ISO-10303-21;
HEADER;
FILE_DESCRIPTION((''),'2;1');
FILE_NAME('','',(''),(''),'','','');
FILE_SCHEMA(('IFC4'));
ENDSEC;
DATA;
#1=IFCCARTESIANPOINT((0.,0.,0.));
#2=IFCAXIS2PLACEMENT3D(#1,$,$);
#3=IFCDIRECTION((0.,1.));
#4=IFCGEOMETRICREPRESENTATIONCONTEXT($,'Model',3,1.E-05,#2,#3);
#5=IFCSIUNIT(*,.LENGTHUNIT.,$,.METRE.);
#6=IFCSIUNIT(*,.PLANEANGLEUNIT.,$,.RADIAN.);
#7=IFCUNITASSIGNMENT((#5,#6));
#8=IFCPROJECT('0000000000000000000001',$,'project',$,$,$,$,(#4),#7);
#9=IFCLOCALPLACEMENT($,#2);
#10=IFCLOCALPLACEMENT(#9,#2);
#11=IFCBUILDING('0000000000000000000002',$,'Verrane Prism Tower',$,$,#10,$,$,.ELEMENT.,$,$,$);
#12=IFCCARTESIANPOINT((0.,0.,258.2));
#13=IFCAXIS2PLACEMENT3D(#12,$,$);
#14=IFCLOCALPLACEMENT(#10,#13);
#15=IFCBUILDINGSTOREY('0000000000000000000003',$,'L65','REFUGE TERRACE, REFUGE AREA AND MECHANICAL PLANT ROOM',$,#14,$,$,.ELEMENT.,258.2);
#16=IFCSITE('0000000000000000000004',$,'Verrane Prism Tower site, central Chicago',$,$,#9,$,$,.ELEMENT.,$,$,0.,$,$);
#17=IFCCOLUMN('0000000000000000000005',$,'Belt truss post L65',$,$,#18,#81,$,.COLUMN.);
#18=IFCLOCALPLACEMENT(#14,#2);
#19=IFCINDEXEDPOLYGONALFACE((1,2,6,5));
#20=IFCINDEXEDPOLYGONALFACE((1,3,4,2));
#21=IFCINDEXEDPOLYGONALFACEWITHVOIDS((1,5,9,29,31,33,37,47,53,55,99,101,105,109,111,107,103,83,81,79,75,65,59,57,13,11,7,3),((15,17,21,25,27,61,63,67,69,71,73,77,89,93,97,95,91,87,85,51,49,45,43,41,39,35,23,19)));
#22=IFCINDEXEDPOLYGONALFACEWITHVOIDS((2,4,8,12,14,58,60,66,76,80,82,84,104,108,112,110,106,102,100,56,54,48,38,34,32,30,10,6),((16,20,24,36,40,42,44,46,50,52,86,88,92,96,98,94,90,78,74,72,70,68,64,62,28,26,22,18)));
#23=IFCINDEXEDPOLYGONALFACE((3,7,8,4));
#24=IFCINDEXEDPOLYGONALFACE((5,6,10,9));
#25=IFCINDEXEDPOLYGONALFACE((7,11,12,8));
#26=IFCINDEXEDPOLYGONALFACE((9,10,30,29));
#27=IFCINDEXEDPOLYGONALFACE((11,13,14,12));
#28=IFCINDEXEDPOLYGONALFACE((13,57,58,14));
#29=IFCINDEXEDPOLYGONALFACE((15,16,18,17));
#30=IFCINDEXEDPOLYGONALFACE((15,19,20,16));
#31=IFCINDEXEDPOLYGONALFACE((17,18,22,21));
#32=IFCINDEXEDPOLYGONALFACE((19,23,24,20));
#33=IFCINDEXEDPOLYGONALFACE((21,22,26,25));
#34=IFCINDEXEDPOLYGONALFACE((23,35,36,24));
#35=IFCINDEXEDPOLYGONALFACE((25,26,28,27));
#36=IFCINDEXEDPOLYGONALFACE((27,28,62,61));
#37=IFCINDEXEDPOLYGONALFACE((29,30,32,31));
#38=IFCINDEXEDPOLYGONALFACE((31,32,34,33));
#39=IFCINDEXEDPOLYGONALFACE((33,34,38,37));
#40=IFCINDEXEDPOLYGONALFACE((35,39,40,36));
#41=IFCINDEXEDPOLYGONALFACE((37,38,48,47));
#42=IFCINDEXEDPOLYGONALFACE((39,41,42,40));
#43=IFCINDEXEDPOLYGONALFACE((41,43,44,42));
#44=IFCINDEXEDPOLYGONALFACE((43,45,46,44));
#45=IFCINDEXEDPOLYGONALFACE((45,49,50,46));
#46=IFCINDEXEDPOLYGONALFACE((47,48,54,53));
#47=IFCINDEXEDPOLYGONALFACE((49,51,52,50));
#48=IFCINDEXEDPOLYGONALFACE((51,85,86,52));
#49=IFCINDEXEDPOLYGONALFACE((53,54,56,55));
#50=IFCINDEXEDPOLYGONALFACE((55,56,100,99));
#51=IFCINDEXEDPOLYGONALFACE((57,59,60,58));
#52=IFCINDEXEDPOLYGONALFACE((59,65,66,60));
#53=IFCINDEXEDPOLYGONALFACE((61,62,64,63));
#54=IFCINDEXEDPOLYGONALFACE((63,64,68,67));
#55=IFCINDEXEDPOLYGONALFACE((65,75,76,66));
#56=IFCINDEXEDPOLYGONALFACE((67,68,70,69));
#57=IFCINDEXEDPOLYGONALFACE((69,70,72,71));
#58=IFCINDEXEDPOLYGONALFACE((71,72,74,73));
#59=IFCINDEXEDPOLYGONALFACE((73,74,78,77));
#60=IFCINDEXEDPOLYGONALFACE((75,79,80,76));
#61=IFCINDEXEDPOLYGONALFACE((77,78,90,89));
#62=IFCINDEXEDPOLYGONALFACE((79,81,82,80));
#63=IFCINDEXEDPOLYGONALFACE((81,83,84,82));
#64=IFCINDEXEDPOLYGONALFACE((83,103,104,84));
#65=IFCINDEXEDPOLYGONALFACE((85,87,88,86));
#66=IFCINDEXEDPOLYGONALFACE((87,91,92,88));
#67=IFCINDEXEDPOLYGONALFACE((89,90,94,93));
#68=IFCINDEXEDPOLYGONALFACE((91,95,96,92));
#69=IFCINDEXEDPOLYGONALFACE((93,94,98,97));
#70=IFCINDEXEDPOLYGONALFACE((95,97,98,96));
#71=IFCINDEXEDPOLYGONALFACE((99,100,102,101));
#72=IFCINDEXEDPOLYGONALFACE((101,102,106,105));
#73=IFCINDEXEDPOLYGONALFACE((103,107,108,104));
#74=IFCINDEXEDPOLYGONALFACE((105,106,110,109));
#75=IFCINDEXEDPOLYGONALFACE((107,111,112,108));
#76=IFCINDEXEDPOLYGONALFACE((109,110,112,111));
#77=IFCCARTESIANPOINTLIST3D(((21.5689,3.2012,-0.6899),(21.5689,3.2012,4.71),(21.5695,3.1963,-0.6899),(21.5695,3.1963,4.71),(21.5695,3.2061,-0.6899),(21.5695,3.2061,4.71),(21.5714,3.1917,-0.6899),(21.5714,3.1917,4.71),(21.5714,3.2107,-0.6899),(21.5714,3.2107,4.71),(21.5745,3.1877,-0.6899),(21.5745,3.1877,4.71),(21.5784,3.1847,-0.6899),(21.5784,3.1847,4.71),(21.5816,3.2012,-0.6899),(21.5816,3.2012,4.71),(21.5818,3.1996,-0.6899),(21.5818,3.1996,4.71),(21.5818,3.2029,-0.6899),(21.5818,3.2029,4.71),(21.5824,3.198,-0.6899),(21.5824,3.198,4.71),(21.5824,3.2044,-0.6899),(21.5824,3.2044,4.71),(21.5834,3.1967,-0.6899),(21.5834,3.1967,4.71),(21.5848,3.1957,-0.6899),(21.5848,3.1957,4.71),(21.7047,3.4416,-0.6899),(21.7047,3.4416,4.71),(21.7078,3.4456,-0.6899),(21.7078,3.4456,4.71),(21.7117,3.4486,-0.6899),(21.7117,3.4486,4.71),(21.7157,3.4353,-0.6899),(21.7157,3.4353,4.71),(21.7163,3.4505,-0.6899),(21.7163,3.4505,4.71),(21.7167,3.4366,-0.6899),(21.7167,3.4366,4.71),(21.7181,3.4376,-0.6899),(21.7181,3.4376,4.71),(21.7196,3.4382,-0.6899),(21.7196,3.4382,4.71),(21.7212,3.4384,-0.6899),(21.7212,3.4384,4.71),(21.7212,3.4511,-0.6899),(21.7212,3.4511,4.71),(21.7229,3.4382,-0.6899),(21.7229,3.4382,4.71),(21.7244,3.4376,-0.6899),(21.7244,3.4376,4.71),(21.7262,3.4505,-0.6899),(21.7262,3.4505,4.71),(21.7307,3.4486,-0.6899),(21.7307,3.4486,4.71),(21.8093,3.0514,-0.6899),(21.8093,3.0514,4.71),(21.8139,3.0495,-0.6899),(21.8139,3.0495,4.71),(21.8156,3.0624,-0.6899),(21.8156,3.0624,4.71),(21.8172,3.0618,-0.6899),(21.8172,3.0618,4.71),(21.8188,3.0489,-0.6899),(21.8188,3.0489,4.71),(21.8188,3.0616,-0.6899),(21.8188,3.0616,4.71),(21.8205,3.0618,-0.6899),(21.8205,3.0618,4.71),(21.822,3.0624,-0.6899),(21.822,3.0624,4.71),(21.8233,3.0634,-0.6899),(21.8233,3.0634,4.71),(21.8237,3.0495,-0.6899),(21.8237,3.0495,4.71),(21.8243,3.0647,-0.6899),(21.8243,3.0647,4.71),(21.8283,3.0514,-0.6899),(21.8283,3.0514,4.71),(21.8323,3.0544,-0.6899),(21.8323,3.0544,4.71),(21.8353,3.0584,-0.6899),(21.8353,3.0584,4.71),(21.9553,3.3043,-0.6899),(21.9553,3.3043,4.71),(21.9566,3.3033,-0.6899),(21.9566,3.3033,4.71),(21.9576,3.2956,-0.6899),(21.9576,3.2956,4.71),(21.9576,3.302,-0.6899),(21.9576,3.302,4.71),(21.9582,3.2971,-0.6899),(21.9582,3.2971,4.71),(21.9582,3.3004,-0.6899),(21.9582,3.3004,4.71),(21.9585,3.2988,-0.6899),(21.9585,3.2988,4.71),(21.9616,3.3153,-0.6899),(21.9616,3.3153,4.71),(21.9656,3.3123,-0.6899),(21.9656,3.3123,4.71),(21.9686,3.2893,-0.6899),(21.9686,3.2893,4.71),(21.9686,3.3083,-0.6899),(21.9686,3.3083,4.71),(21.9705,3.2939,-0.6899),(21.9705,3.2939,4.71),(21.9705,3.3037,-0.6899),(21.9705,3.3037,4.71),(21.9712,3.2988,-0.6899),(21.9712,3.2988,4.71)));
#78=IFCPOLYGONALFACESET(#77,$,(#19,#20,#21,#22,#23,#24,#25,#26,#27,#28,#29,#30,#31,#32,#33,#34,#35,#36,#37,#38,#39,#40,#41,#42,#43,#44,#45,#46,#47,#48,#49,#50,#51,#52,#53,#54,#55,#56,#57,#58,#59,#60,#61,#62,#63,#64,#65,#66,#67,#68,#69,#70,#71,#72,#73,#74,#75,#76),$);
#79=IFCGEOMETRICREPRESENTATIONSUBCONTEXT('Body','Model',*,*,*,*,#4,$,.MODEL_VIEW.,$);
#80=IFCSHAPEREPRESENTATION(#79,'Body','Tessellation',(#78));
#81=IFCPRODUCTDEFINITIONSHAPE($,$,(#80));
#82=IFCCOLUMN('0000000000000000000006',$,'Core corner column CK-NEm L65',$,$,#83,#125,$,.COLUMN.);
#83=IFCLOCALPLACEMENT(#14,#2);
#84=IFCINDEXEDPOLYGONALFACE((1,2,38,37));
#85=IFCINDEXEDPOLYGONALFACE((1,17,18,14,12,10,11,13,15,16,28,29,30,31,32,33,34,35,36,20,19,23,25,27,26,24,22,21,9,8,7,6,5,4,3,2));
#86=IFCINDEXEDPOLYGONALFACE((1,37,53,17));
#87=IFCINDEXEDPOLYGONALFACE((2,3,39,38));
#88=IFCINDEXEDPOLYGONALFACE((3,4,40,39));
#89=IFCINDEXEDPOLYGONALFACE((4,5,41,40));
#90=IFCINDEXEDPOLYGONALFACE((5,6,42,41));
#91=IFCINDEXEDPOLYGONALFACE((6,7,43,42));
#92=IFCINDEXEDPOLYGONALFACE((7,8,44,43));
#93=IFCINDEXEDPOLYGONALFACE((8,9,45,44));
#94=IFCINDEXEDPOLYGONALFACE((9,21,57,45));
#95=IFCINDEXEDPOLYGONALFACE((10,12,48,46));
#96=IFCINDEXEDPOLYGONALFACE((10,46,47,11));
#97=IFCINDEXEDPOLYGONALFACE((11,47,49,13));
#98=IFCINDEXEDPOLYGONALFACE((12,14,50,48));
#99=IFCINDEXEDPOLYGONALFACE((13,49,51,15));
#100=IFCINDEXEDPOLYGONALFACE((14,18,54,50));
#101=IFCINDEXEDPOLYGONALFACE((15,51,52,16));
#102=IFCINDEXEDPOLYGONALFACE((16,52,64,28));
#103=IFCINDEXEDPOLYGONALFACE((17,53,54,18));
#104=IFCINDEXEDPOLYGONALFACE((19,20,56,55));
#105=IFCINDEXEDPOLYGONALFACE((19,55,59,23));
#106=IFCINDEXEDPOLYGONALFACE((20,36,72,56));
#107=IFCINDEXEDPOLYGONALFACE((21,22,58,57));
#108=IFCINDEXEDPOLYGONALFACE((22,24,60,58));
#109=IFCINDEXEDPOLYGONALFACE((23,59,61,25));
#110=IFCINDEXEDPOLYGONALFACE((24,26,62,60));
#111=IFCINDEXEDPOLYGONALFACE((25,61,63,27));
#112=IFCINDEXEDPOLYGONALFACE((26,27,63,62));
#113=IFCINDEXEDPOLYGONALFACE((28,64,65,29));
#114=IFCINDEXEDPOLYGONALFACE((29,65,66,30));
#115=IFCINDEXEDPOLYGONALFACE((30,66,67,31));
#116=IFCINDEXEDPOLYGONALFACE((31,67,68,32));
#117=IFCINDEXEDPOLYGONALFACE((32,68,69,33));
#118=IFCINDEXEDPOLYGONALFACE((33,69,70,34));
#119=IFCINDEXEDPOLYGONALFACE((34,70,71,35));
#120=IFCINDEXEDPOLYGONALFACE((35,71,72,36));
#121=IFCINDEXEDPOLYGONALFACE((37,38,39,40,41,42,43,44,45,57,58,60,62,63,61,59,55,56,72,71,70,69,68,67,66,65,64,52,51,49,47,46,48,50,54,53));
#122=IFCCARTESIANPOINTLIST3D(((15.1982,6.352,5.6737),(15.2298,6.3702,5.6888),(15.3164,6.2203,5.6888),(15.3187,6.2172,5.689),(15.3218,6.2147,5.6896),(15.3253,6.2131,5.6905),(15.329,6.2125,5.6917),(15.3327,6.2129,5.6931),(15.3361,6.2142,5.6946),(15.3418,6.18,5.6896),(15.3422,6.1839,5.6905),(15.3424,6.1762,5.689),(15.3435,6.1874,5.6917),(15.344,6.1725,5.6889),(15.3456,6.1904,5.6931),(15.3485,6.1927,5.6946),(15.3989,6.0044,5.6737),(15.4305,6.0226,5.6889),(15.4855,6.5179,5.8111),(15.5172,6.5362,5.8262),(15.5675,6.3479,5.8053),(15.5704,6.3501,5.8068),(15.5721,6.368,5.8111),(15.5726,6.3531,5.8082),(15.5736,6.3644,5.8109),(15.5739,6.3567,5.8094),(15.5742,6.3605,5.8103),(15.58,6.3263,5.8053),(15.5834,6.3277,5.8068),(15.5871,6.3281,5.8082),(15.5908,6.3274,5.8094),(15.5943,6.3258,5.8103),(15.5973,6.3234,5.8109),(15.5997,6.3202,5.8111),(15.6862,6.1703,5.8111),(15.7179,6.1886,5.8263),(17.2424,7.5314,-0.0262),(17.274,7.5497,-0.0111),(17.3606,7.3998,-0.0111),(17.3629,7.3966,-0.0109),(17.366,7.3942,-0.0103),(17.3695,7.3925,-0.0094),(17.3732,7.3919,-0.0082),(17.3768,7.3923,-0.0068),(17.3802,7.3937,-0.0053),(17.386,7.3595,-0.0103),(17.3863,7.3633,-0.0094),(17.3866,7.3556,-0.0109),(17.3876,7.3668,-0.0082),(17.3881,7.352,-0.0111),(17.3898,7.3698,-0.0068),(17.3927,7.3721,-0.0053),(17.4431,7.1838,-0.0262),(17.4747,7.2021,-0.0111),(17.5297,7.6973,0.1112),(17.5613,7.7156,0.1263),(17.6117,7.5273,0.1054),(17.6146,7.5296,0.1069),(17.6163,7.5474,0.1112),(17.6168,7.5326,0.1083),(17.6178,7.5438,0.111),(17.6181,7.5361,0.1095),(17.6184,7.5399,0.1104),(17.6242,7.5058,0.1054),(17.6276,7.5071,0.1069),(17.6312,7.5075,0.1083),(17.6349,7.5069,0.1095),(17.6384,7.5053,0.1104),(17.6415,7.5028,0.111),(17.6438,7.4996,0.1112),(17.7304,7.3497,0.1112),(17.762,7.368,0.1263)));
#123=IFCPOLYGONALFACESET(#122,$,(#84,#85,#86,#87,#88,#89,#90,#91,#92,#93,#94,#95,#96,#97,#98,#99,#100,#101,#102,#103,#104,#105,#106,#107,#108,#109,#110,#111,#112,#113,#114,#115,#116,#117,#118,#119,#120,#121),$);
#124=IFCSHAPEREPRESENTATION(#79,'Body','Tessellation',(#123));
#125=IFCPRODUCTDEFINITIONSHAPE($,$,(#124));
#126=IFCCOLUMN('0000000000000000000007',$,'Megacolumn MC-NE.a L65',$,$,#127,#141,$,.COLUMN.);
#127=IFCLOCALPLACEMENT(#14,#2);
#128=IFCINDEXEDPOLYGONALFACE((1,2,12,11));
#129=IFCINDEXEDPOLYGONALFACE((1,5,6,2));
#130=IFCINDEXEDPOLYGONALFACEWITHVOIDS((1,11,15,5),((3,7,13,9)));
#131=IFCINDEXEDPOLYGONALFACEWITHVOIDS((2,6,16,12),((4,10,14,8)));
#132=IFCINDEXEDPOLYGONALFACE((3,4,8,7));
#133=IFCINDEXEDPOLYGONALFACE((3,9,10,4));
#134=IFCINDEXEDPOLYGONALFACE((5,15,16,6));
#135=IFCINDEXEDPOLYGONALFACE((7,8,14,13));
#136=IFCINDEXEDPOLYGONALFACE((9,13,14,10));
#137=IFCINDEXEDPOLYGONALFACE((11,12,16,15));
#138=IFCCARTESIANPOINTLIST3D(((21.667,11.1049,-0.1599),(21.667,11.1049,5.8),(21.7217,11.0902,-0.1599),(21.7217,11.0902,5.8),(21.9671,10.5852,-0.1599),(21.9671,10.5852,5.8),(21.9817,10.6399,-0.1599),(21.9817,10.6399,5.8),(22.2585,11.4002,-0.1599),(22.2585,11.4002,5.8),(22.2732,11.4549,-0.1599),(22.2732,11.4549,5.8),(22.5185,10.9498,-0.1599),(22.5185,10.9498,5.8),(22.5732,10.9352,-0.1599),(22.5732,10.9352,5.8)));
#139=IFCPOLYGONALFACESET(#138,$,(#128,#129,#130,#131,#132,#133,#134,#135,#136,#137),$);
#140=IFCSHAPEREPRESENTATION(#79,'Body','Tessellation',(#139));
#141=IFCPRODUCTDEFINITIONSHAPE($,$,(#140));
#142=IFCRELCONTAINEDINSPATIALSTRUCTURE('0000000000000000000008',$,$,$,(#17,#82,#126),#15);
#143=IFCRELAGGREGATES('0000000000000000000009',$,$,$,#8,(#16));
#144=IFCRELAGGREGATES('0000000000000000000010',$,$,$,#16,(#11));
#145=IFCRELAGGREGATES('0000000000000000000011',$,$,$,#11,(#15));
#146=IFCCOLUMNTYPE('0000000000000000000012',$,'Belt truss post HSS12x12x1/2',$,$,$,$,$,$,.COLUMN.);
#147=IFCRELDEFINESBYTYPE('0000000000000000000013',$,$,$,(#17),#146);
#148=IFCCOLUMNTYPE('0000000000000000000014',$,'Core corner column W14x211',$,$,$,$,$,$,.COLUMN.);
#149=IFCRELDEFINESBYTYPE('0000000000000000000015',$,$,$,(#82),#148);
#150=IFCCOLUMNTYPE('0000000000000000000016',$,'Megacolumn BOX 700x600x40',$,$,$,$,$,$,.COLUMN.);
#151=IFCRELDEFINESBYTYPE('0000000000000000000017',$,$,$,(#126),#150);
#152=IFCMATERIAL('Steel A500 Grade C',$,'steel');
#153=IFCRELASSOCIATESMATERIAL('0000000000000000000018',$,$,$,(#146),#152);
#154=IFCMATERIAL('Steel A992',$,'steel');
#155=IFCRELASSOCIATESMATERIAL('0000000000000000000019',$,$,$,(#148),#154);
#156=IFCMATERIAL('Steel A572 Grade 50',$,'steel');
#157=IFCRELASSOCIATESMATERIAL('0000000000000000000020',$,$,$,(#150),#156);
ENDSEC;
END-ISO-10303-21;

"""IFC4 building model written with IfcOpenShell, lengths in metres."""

from ifc_helpers import new_model, si_unit, direction, frame, origin, origin_2d, place, context, subcontext, project, spatial, hollow_rectangle, i_section, extrude, material, material_profile, profile_set, type_object, element, save


model = new_model("IFC4")

# Units and contexts
model_context = context("Model", 3, precision=1e-05, world=origin(), true_north=direction((0.0, 1.0)))
body_context = subcontext(model_context, "Body", "Model", "MODEL_VIEW")
ifc_project = project(units=[si_unit("LENGTHUNIT", "METRE"), si_unit("PLANEANGLEUNIT", "RADIAN")], contexts=[model_context])

# Site, building, storey
site_placement = place(None, origin())
site = spatial("IfcSite", under=ifc_project, at=site_placement, Name="Verrane Prism Tower site, central Chicago", CompositionType="ELEMENT", RefElevation=0.0)
building_placement = place(site_placement, origin())
building = spatial("IfcBuilding", under=site, at=building_placement, Name="Verrane Prism Tower", CompositionType="ELEMENT")
storey_placement = place(building_placement, frame((0.0, 0.0, 258.2)))
storey = spatial("IfcBuildingStorey", under=building, at=storey_placement, Name="L65", Description="REFUGE TERRACE, REFUGE AREA AND MECHANICAL PLANT ROOM", CompositionType="ELEMENT", Elevation=258.2)

# Columns
ifc_material_1 = material(Name="Steel A500 Grade C", Category="steel")
ifc_material_profile_1 = material_profile(ifc_material_1, hollow_rectangle(XDim=0.3047, YDim=0.3047, WallThickness=0.0127, InnerFilletRadius=0.0063, OuterFilletRadius=0.019, at=origin_2d()), Name="HSS12x12x1/2")
ifc_profile_set_1 = profile_set([ifc_material_profile_1], Name="Steel A500 Grade C")
column_type_1 = type_object("IfcColumnType", Name="Belt truss post HSS12x12x1/2", PredefinedType="COLUMN", material=ifc_profile_set_1)
column_1_placement = place(storey_placement, frame((21.77, 3.25, -0.6899), z_axis=(0.0, 0.0, 1.0), x_axis=(-0.5, -0.866025, 0.0)))
element("IfcColumn", 1, at=column_1_placement, inside=storey, type_object=column_type_1, Name="Belt truss post L65", PredefinedType="COLUMN", context=body_context, shape_type="SweptSolid", body=[
    extrude(hollow_rectangle(XDim=0.3047, YDim=0.3047, WallThickness=0.0127, InnerFilletRadius=0.0063, OuterFilletRadius=0.019, at=origin_2d()), origin(), (0.0, 0.0, 1.0), 5.3999),
])
ifc_material_2 = material(Name="Steel A992", Category="steel")
ifc_material_profile_2 = material_profile(ifc_material_2, i_section(OverallWidth=0.4014, OverallDepth=0.3987, WebThickness=0.0249, FlangeThickness=0.0396, FilletRadius=0.0151, at=origin_2d()), Name="W14x211")
ifc_profile_set_2 = profile_set([ifc_material_profile_2], Name="Steel A992")
column_type_2 = type_object("IfcColumnType", Name="Core corner column W14x211", PredefinedType="COLUMN", material=ifc_profile_set_2)
column_2_placement = place(storey_placement, frame((17.5022, 7.4497, 0.05), z_axis=(-0.331353, -0.191182, 0.923934), x_axis=(0.500033, -0.866006, 0.000133)))
element("IfcColumn", 2, at=column_2_placement, inside=storey, type_object=column_type_2, Name="Core corner column CK-NEm L65", PredefinedType="COLUMN", context=body_context, shape_type="SweptSolid", body=[
    extrude(i_section(OverallWidth=0.4014, OverallDepth=0.3987, WebThickness=0.0249, FlangeThickness=0.0396, FilletRadius=0.0151, at=origin_2d()), origin(), (0.0, 0.0, 1.0), 6.1692),
])
ifc_material_3 = material(Name="Steel A572 Grade 50", Category="steel")
ifc_material_profile_3 = material_profile(ifc_material_3, hollow_rectangle(XDim=0.6001, YDim=0.7, WallThickness=0.04, at=origin_2d()), Name="BOX 700x600x40")
ifc_profile_set_3 = profile_set([ifc_material_profile_3], Name="Steel A572 Grade 50")
column_type_3 = type_object("IfcColumnType", Name="Megacolumn BOX 700x600x40", PredefinedType="COLUMN", material=ifc_profile_set_3)
column_3_placement = place(storey_placement, frame((22.1201, 11.02, -0.1599), z_axis=(0.0, 0.0, 1.0), x_axis=(0.5, -0.866025, 0.0)))
element("IfcColumn", 3, at=column_3_placement, inside=storey, type_object=column_type_3, Name="Megacolumn MC-NE.a L65", PredefinedType="COLUMN", context=body_context, shape_type="SweptSolid", body=[
    extrude(hollow_rectangle(XDim=0.6001, YDim=0.7, WallThickness=0.04, at=origin_2d()), origin(), (0.0, 0.0, 1.0), 5.96),
])

save(model, "model.ifc")
